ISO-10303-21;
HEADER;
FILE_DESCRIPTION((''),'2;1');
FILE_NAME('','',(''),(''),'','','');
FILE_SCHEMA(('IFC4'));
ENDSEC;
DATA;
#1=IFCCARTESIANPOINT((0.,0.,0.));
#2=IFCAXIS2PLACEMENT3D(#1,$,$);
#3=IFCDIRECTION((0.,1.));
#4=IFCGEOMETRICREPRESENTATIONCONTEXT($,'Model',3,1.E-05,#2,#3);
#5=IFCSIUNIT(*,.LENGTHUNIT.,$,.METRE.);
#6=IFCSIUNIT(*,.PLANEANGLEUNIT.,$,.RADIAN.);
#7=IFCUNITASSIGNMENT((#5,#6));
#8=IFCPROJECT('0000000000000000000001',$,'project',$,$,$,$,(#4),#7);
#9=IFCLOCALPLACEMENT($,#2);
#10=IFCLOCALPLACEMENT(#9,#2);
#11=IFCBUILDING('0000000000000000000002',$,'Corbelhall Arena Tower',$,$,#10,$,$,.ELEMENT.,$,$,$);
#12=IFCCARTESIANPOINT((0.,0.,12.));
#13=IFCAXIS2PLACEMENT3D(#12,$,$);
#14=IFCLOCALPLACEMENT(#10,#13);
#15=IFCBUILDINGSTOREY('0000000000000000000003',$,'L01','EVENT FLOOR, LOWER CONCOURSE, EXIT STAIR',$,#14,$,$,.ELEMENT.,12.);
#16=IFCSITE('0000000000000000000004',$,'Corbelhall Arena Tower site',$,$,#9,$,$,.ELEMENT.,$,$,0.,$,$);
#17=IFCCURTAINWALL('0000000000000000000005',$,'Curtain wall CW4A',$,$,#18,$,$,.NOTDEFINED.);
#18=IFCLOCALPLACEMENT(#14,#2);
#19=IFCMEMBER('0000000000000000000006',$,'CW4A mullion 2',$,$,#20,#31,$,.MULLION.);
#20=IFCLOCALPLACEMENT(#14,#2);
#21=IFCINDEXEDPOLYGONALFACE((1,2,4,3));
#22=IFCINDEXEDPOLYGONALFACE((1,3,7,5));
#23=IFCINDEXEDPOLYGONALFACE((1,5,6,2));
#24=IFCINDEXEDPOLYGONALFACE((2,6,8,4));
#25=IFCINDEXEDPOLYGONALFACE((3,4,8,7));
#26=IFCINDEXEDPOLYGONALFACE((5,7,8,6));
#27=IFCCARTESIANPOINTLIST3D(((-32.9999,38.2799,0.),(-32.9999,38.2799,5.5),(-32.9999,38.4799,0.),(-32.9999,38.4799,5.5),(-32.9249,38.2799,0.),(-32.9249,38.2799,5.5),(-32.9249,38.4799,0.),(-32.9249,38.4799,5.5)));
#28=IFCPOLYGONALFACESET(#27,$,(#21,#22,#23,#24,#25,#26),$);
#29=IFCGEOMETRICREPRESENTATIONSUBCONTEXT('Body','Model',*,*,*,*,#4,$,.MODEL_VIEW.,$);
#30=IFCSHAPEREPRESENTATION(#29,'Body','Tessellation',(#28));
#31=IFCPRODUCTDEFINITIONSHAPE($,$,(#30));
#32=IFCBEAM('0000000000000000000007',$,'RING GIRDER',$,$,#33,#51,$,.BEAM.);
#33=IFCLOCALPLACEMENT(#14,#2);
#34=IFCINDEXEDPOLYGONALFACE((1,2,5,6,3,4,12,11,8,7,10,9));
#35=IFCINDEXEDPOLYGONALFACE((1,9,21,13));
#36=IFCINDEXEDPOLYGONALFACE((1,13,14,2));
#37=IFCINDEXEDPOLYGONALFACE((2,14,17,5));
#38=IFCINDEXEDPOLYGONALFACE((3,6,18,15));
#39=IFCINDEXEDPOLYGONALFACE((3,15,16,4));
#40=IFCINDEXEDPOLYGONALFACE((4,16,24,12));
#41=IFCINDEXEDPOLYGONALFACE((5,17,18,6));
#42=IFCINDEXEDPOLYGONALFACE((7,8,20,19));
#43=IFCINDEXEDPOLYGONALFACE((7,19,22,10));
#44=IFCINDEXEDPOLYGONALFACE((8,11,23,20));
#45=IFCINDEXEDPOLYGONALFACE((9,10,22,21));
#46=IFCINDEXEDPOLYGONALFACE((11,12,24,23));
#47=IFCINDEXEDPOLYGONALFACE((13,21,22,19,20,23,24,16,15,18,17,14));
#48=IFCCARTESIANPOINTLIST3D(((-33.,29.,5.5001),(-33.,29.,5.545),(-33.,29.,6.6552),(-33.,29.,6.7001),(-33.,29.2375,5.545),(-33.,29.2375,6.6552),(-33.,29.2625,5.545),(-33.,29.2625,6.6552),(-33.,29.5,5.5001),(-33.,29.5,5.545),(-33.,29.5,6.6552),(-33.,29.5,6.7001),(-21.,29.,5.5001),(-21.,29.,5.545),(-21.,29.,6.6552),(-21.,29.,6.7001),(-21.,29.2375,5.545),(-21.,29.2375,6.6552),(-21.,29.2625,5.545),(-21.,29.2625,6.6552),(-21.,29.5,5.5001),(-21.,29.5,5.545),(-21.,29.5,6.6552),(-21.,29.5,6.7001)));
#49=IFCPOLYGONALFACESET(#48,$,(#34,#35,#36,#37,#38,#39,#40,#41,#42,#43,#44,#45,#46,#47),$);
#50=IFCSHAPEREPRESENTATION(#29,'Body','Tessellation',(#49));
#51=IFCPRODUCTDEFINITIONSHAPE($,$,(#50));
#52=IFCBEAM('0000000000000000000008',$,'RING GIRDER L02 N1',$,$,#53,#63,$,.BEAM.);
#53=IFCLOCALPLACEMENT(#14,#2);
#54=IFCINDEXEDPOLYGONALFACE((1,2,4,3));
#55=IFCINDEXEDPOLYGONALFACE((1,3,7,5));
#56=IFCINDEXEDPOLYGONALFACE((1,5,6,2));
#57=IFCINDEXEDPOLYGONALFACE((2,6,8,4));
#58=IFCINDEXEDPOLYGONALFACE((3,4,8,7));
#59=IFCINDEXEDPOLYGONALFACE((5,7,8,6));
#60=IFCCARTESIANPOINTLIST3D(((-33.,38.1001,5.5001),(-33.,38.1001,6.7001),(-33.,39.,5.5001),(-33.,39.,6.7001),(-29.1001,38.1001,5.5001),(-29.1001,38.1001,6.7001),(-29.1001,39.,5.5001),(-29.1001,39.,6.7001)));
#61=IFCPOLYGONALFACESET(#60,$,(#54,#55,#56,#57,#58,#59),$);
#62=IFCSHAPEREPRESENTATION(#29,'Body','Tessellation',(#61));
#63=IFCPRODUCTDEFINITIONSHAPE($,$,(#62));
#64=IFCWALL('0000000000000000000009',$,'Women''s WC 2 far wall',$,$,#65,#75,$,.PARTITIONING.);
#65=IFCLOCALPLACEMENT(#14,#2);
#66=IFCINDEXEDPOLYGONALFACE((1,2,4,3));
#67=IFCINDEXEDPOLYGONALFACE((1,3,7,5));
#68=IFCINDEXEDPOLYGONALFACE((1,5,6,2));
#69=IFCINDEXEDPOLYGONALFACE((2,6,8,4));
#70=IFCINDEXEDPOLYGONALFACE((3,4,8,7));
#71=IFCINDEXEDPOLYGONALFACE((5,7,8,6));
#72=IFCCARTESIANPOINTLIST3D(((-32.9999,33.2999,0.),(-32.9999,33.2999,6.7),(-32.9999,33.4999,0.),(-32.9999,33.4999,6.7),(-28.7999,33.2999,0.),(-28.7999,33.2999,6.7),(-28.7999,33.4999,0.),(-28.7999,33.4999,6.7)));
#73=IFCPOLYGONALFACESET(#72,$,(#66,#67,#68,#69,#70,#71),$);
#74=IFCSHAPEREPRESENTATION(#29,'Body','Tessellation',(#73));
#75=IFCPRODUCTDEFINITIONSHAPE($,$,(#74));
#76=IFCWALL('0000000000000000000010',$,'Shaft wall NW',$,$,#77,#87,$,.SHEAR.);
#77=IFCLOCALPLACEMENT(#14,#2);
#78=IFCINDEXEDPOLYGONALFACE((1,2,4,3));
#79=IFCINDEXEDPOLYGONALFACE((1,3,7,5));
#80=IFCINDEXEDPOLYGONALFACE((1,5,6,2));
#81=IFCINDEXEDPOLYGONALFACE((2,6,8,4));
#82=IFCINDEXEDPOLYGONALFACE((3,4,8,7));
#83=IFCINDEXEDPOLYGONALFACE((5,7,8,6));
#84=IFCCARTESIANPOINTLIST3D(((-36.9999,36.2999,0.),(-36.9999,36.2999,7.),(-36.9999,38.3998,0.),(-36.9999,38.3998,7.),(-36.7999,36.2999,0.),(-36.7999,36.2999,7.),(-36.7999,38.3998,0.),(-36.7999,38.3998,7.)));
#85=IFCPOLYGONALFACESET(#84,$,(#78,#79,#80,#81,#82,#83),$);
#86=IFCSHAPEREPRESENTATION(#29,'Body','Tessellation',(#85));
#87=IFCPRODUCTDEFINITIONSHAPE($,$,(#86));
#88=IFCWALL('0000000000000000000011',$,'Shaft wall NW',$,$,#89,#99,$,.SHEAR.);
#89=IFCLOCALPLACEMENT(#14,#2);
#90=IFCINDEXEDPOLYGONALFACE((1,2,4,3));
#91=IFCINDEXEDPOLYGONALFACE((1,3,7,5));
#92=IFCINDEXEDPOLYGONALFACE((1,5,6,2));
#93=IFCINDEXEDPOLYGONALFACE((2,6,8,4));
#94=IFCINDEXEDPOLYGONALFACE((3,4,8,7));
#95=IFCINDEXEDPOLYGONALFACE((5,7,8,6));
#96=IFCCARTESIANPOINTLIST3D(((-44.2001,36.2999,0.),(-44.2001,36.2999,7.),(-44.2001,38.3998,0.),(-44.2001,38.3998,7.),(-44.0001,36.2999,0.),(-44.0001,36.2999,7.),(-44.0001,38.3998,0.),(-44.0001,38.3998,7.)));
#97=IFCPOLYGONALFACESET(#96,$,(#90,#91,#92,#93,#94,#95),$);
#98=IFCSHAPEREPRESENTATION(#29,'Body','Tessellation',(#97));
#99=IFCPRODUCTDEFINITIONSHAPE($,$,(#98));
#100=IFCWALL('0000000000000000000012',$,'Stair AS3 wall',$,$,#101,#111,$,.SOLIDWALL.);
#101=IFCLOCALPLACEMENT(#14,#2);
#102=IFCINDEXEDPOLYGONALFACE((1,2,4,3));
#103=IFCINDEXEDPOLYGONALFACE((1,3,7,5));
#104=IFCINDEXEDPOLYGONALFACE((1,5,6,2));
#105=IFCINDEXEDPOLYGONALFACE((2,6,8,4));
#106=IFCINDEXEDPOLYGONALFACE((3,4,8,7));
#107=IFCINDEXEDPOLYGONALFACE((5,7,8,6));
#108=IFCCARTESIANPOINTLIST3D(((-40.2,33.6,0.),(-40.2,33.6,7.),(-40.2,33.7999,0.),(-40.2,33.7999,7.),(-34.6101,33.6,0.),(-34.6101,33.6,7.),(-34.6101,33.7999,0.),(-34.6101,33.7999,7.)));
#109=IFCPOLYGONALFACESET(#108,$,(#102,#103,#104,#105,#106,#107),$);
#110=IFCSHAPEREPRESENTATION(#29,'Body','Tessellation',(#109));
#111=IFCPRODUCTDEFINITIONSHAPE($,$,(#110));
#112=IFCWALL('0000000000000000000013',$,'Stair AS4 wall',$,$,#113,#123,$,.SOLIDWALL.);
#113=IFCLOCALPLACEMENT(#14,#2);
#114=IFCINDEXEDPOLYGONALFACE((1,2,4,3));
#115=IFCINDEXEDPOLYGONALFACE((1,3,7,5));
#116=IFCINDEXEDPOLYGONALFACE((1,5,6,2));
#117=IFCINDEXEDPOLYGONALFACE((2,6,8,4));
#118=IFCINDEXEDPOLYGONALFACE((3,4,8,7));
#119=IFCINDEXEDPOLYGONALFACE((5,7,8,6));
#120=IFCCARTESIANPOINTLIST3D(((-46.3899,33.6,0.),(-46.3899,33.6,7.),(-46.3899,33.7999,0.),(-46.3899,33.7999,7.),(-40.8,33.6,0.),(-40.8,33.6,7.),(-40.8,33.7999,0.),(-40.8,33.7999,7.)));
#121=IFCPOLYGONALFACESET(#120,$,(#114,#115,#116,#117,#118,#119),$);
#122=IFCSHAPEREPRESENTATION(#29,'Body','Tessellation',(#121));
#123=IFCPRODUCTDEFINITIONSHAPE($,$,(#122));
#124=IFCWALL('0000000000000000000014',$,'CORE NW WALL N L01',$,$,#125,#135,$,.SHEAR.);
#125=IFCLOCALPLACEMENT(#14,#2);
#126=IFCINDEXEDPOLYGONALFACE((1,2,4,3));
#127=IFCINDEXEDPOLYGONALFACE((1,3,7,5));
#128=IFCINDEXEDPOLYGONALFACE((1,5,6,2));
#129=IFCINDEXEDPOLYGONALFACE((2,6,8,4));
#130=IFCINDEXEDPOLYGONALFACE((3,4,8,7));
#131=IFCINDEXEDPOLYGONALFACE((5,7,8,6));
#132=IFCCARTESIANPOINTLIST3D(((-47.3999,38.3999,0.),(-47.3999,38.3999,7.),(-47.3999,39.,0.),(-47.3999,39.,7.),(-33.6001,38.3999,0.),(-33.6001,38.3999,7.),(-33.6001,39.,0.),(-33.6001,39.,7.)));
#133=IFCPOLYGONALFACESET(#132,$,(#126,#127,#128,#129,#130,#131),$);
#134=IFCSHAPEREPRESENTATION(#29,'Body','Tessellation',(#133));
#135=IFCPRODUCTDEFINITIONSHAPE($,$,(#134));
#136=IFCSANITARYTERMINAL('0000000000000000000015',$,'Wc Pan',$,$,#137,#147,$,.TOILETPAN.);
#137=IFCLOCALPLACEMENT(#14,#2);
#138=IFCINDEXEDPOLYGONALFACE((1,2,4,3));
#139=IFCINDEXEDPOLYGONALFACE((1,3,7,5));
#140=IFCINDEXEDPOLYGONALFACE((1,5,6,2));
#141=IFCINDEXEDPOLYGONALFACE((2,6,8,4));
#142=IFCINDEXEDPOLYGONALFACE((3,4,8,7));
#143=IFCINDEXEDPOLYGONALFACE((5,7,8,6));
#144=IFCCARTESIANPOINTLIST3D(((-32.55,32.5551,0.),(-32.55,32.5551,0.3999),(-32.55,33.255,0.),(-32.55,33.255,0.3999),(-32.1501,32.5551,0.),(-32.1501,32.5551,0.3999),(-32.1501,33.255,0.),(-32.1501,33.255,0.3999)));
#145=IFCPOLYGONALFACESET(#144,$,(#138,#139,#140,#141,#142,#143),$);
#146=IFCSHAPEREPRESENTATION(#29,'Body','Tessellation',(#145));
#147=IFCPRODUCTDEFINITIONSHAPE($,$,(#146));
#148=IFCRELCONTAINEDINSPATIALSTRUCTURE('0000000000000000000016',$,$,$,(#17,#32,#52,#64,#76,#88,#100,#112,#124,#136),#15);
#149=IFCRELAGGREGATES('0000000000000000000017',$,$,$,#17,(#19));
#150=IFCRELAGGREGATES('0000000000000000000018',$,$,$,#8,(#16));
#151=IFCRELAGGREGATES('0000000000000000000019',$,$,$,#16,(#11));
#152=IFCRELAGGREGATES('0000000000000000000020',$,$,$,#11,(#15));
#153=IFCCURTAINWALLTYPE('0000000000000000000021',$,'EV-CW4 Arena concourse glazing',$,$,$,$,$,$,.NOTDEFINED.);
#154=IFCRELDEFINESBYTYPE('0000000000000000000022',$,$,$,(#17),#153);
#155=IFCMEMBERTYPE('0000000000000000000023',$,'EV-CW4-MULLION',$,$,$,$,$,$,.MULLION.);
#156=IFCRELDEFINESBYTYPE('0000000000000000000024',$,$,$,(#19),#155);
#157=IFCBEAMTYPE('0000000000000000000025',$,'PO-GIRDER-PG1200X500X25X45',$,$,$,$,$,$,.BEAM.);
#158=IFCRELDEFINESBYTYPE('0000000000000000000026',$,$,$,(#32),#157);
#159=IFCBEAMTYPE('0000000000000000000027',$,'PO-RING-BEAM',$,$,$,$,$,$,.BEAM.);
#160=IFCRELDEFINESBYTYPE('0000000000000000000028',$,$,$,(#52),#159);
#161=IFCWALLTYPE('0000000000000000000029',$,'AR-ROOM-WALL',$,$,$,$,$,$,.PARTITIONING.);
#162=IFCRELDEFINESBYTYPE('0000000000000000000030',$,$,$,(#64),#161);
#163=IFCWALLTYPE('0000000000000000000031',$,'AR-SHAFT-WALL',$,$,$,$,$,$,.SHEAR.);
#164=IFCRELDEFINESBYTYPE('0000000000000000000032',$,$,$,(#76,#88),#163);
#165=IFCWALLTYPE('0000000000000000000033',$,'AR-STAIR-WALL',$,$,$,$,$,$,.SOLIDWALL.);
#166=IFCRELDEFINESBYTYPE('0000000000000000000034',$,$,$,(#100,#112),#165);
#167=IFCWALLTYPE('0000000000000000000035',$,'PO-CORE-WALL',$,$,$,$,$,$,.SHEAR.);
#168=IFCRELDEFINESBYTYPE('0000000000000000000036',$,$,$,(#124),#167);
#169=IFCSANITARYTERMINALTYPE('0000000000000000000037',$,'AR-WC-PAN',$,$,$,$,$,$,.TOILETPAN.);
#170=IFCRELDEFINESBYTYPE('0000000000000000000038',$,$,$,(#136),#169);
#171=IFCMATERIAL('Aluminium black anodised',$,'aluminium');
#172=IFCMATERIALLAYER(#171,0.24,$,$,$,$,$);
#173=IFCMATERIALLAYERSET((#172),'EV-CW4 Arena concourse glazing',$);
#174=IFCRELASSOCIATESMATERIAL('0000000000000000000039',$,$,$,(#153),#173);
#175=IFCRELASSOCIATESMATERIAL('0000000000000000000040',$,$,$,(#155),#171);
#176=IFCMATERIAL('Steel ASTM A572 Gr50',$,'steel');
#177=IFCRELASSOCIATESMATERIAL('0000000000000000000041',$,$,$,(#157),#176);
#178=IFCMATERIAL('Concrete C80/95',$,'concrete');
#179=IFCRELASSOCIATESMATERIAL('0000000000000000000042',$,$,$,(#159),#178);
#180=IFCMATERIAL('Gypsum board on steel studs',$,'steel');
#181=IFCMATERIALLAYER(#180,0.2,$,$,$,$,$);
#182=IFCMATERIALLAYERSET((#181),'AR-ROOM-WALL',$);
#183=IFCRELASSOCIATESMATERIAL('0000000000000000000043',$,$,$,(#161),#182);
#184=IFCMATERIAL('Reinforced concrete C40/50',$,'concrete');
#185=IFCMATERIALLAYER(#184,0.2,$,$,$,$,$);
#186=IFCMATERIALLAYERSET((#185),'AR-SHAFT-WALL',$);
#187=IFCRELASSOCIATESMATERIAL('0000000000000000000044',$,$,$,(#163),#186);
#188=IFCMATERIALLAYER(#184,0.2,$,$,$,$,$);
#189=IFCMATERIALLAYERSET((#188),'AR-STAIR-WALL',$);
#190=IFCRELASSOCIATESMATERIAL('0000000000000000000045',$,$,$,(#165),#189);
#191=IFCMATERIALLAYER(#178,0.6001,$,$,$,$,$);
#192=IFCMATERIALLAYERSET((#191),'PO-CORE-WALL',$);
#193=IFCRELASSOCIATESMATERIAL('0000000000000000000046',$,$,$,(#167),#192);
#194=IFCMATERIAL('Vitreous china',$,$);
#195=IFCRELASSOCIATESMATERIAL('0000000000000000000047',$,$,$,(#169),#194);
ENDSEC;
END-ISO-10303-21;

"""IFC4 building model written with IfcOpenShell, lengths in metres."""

from ifc_helpers import new_model, si_unit, direction, frame, frame_2d, origin, origin_2d, place, context, subcontext, project, spatial, rectangle, i_section, extrude, material, layer, layer_set, material_profile, profile_set, type_object, element, aggregate, save


model = new_model("IFC4")

# Units and contexts
model_context = context("Model", 3, precision=1e-05, world=origin(), true_north=direction((0.0, 1.0)))
body_context = subcontext(model_context, "Body", "Model", "MODEL_VIEW")
ifc_project = project(units=[si_unit("LENGTHUNIT", "METRE"), si_unit("PLANEANGLEUNIT", "RADIAN")], contexts=[model_context])

# Site, building, storey
site_placement = place(None, origin())
site = spatial("IfcSite", under=ifc_project, at=site_placement, Name="Corbelhall Arena Tower site", CompositionType="ELEMENT", RefElevation=0.0)
building_placement = place(site_placement, origin())
building = spatial("IfcBuilding", under=site, at=building_placement, Name="Corbelhall Arena Tower", CompositionType="ELEMENT")
storey_placement = place(building_placement, frame((0.0, 0.0, 12.0)))
storey = spatial("IfcBuildingStorey", under=building, at=storey_placement, Name="L01", Description="EVENT FLOOR, LOWER CONCOURSE, EXIT STAIR", CompositionType="ELEMENT", Elevation=12.0)

# Curtain wall, member
ifc_material_1 = material(Name="Aluminium black anodised", Category="aluminium")
ifc_layer_1 = layer(ifc_material_1, 0.24)
ifc_layer_set_1 = layer_set([ifc_layer_1], Name="EV-CW4 Arena concourse glazing")
curtain_wall_type = type_object("IfcCurtainWallType", Name="EV-CW4 Arena concourse glazing", PredefinedType="NOTDEFINED", material=ifc_layer_set_1)
curtain_wall_placement = place(storey_placement, origin())
curtain_wall = element("IfcCurtainWall", 1, at=curtain_wall_placement, inside=storey, type_object=curtain_wall_type, Name="Curtain wall CW4A", PredefinedType="NOTDEFINED")
ifc_material_profile_1 = material_profile(ifc_material_1, rectangle(XDim=0.2, YDim=0.075, at=origin_2d()))
ifc_profile_set_1 = profile_set([ifc_material_profile_1], Name="Aluminium black anodised")
member_type = type_object("IfcMemberType", Name="EV-CW4-MULLION", PredefinedType="MULLION", material=ifc_profile_set_1)
member_placement = place(storey_placement, frame((-32.9624, 38.3799, 0.0), z_axis=(0.0, 0.0, 1.0), x_axis=(0.0, -1.0, 0.0)))
member = element("IfcMember", 2, at=member_placement, type_object=member_type, Name="CW4A mullion 2", PredefinedType="MULLION", context=body_context, shape_type="SweptSolid", body=[
    extrude(rectangle(XDim=0.2, YDim=0.075, at=origin_2d()), origin(), (0.0, 0.0, 1.0), 5.5),
])
aggregate(curtain_wall, [member])

# Beams
ifc_material_2 = material(Name="Steel ASTM A572 Gr50", Category="steel")
ifc_material_profile_2 = material_profile(ifc_material_2, i_section(OverallWidth=0.5, OverallDepth=1.2, WebThickness=0.0249, FlangeThickness=0.0449, at=origin_2d()))
ifc_profile_set_2 = profile_set([ifc_material_profile_2], Name="Steel ASTM A572 Gr50")
beam_type_1 = type_object("IfcBeamType", Name="PO-GIRDER-PG1200X500X25X45", PredefinedType="BEAM", material=ifc_profile_set_2)
beam_1_placement = place(storey_placement, frame((-33.0, 29.25, 6.1001), z_axis=(1.0, 0.0, 0.0), x_axis=(0.0, 1.0, 0.0)))
element("IfcBeam", 3, at=beam_1_placement, inside=storey, type_object=beam_type_1, Name="RING GIRDER", PredefinedType="BEAM", context=body_context, shape_type="SweptSolid", body=[
    extrude(i_section(OverallWidth=0.5, OverallDepth=1.2, WebThickness=0.0249, FlangeThickness=0.0449, at=origin_2d()), origin(), (0.0, 0.0, 1.0), 12.0),
])
ifc_material_3 = material(Name="Concrete C80/95", Category="concrete")
ifc_material_profile_3 = material_profile(ifc_material_3, rectangle(XDim=0.8999, YDim=1.2, at=origin_2d()))
ifc_profile_set_3 = profile_set([ifc_material_profile_3], Name="Concrete C80/95")
beam_type_2 = type_object("IfcBeamType", Name="PO-RING-BEAM", PredefinedType="BEAM", material=ifc_profile_set_3)
beam_2_placement = place(storey_placement, frame((-33.0, 38.55, 6.1001), z_axis=(1.0, 0.0, 0.0), x_axis=(0.0, 1.0, 0.0)))
element("IfcBeam", 4, at=beam_2_placement, inside=storey, type_object=beam_type_2, Name="RING GIRDER L02 N1", PredefinedType="BEAM", context=body_context, shape_type="SweptSolid", body=[
    extrude(rectangle(XDim=0.8999, YDim=1.2, at=origin_2d()), origin(), (0.0, 0.0, 1.0), 3.8999),
])

# Shared definitions
ifc_material_4 = material(Name="Gypsum board on steel studs", Category="steel")
ifc_layer_2 = layer(ifc_material_4, 0.2)
ifc_layer_set_2 = layer_set([ifc_layer_2], Name="AR-ROOM-WALL")
wall_type_1 = type_object("IfcWallType", Name="AR-ROOM-WALL", PredefinedType="PARTITIONING", material=ifc_layer_set_2)

# Wall
wall_1_placement = place(storey_placement, frame((-33.0, 33.3999, 0.0), z_axis=(0.0, 0.0, 1.0), x_axis=(1.0, 0.0, 0.0)))
element("IfcWall", 5, at=wall_1_placement, inside=storey, type_object=wall_type_1, Name="Women's WC 2 far wall", PredefinedType="PARTITIONING", context=body_context, shape_type="SweptSolid", body=[
    extrude(rectangle(XDim=4.2, YDim=0.2, at=frame_2d((2.1001, 0.0))), origin(), (0.0, 0.0, 1.0), 6.7),
])

# Shared definitions
ifc_material_5 = material(Name="Reinforced concrete C40/50", Category="concrete")
ifc_layer_3 = layer(ifc_material_5, 0.2)
ifc_layer_set_3 = layer_set([ifc_layer_3], Name="AR-SHAFT-WALL")
wall_type_2 = type_object("IfcWallType", Name="AR-SHAFT-WALL", PredefinedType="SHEAR", material=ifc_layer_set_3)

# Walls
for number, where, z_axis, x_axis, name in (
    (6, (-36.8999, 36.3, 0.0), (0.0, 0.0, 1.0), (0.0, 1.0, 0.0), "Shaft wall NW"),
    (7, (-44.1001, 36.3, 0.0), (0.0, 0.0, 1.0), (0.0, 1.0, 0.0), "Shaft wall NW"),
):
    element("IfcWall", number, at=place(storey_placement, frame(where, z_axis=z_axis, x_axis=x_axis)), inside=storey, type_object=wall_type_2, Name=name, PredefinedType="SHEAR", context=body_context, shape_type="SweptSolid", body=[
        extrude(rectangle(XDim=2.0999, YDim=0.2, at=frame_2d((1.0498, 0.0))), origin(), (0.0, 0.0, 1.0), 7.0),
    ])
ifc_layer_4 = layer(ifc_material_5, 0.2)
ifc_layer_set_4 = layer_set([ifc_layer_4], Name="AR-STAIR-WALL")
wall_type_3 = type_object("IfcWallType", Name="AR-STAIR-WALL", PredefinedType="SOLIDWALL", material=ifc_layer_set_4)
for number, where, z_axis, x_axis, name in (
    (8, (-40.2, 33.7, 0.0), (0.0, 0.0, 1.0), (1.0, 0.0, 0.0), "Stair AS3 wall"),
    (9, (-46.3899, 33.7, 0.0), (0.0, 0.0, 1.0), (1.0, 0.0, 0.0), "Stair AS4 wall"),
):
    element("IfcWall", number, at=place(storey_placement, frame(where, z_axis=z_axis, x_axis=x_axis)), inside=storey, type_object=wall_type_3, Name=name, PredefinedType="SOLIDWALL", context=body_context, shape_type="SweptSolid", body=[
        extrude(rectangle(XDim=5.5898, YDim=0.2, at=frame_2d((2.7949, 0.0))), origin(), (0.0, 0.0, 1.0), 7.0),
    ])
ifc_layer_5 = layer(ifc_material_3, 0.6001)
ifc_layer_set_5 = layer_set([ifc_layer_5], Name="PO-CORE-WALL")
wall_type_4 = type_object("IfcWallType", Name="PO-CORE-WALL", PredefinedType="SHEAR", material=ifc_layer_set_5)
wall_2_placement = place(storey_placement, frame((-47.3999, 38.7, 0.0), z_axis=(0.0, 0.0, 1.0), x_axis=(1.0, 0.0, 0.0)))
element("IfcWall", 10, at=wall_2_placement, inside=storey, type_object=wall_type_4, Name="CORE NW WALL N L01", PredefinedType="SHEAR", context=body_context, shape_type="SweptSolid", body=[
    extrude(rectangle(XDim=13.7998, YDim=0.6001, at=frame_2d((6.8999, 0.0))), origin(), (0.0, 0.0, 1.0), 7.0),
])

# Sanitary terminal
ifc_material_6 = material(Name="Vitreous china")
sanitary_terminal_type = type_object("IfcSanitaryTerminalType", Name="AR-WC-PAN", PredefinedType="TOILETPAN", material=ifc_material_6)
sanitary_terminal_placement = place(storey_placement, frame((-32.3501, 32.905, 0.0), z_axis=(0.0, 0.0, 1.0), x_axis=(1.0, 0.0, 0.0)))
element("IfcSanitaryTerminal", 11, at=sanitary_terminal_placement, inside=storey, type_object=sanitary_terminal_type, Name="Wc Pan", PredefinedType="TOILETPAN", context=body_context, shape_type="SweptSolid", body=[
    extrude(rectangle(XDim=0.3999, YDim=0.7, at=origin_2d()), origin(), (0.0, 0.0, 1.0), 0.3999),
])

save(model, "model.ifc")
